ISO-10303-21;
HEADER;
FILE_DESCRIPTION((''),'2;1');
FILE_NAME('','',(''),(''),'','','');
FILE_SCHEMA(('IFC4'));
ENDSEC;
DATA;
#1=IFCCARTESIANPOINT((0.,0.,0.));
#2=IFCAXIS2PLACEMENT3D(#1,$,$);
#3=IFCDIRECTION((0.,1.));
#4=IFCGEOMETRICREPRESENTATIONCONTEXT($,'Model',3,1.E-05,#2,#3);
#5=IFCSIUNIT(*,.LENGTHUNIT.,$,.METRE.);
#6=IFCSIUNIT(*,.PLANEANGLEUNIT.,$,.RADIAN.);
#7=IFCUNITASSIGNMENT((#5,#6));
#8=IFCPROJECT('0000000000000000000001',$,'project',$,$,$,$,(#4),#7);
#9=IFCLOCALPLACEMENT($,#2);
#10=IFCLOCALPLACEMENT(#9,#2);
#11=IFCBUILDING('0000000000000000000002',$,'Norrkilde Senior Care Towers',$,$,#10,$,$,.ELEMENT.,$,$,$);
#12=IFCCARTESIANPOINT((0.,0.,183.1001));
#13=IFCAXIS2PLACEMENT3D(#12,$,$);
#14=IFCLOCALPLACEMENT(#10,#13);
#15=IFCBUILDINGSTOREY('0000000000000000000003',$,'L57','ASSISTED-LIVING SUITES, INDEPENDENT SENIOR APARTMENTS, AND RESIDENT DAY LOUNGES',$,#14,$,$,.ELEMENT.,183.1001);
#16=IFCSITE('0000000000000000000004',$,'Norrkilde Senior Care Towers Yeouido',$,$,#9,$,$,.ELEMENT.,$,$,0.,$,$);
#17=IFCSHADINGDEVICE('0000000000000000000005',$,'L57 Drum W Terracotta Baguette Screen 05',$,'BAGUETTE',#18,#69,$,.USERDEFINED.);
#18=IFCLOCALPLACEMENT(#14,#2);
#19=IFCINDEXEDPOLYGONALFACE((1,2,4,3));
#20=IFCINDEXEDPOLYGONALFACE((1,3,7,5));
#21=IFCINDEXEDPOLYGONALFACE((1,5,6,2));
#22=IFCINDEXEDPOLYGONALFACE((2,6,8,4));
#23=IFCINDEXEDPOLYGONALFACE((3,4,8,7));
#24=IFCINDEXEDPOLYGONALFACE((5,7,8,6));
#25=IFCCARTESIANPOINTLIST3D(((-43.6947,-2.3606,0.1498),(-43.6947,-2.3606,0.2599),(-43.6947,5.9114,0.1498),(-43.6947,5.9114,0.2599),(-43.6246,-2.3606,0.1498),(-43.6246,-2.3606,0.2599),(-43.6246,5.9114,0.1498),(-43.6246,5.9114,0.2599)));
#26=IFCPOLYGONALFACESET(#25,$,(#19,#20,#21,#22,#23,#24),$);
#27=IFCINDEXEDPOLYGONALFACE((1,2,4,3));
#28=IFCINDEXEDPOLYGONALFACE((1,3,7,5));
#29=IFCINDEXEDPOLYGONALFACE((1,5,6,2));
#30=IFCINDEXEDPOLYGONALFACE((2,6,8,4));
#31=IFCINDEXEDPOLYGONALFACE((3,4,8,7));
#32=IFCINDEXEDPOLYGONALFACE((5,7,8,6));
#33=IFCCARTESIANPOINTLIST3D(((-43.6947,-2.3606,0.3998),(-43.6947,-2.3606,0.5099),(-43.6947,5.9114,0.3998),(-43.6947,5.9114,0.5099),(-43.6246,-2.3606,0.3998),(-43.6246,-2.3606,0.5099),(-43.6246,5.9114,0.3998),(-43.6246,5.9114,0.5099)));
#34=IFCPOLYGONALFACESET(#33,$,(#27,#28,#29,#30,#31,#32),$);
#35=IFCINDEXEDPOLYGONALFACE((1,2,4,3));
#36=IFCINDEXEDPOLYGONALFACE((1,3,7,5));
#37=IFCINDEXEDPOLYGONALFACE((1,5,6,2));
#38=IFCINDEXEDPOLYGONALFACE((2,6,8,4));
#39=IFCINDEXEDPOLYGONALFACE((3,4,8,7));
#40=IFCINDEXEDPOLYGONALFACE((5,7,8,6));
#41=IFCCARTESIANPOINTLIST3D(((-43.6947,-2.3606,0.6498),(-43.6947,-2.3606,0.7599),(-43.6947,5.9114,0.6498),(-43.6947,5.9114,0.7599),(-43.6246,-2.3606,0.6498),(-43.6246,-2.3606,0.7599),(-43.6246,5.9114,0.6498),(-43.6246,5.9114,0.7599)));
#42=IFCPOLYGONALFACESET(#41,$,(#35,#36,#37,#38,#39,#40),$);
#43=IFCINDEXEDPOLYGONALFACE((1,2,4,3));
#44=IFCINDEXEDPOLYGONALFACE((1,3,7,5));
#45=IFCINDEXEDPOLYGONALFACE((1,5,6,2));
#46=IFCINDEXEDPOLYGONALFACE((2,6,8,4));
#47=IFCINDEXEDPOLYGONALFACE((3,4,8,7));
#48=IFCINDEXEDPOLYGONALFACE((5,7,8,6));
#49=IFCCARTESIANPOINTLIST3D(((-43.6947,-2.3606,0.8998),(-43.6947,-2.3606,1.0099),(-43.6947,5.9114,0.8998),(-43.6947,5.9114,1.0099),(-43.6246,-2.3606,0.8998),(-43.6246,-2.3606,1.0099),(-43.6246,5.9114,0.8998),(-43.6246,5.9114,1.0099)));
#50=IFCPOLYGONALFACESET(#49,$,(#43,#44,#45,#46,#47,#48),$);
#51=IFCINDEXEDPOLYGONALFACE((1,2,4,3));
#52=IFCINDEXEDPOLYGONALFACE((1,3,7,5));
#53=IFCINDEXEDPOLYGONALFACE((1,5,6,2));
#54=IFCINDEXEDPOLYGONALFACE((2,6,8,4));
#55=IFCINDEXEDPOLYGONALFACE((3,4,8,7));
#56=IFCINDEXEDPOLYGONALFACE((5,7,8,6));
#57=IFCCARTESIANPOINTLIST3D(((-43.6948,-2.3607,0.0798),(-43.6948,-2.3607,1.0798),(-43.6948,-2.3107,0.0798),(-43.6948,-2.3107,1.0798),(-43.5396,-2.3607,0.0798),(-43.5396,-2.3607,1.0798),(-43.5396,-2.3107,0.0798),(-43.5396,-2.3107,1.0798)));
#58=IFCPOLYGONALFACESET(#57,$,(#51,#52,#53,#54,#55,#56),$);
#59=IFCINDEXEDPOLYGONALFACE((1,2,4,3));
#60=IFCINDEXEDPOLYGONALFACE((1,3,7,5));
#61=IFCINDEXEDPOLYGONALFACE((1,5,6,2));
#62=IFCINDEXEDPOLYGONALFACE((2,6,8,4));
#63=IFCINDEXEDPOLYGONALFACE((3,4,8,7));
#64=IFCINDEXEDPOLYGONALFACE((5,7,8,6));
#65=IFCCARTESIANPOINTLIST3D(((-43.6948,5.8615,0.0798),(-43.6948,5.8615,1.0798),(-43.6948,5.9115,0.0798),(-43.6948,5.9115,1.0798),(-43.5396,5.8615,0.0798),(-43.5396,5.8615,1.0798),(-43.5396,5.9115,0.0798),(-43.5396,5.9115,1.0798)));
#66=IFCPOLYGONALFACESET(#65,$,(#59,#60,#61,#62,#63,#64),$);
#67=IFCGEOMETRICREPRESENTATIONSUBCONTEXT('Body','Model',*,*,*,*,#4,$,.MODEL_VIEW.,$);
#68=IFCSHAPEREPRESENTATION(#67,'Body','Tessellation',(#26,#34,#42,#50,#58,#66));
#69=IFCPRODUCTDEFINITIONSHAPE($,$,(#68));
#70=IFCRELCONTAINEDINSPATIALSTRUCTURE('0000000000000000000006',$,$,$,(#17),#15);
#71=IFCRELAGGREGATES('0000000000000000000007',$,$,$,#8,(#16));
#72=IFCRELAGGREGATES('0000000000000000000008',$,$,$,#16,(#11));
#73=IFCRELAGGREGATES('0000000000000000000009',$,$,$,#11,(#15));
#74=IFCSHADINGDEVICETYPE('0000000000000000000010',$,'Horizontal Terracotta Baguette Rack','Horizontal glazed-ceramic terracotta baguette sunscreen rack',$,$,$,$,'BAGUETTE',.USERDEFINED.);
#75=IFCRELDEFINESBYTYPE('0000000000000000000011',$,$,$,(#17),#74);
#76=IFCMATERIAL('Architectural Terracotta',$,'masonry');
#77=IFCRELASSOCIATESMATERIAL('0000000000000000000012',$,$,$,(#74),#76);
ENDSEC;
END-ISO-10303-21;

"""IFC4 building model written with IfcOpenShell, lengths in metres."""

from ifc_helpers import new_model, si_unit, direction, frame, origin, origin_2d, place, context, subcontext, project, spatial, rectangle, extrude, source, transform, mapped, material, type_object, type_shapes, element, save


model = new_model("IFC4")

# Units and contexts
model_context = context("Model", 3, precision=1e-05, world=origin(), true_north=direction((0.0, 1.0)))
body_context = subcontext(model_context, "Body", "Model", "MODEL_VIEW")
ifc_project = project(units=[si_unit("LENGTHUNIT", "METRE"), si_unit("PLANEANGLEUNIT", "RADIAN")], contexts=[model_context])

# Site, building, storey
site_placement = place(None, origin())
site = spatial("IfcSite", under=ifc_project, at=site_placement, Name="Norrkilde Senior Care Towers Yeouido", CompositionType="ELEMENT", RefElevation=0.0)
building_placement = place(site_placement, origin())
building = spatial("IfcBuilding", under=site, at=building_placement, Name="Norrkilde Senior Care Towers", CompositionType="ELEMENT")
storey_placement = place(building_placement, frame((0.0, 0.0, 183.1001)))
storey = spatial("IfcBuildingStorey", under=building, at=storey_placement, Name="L57", Description="ASSISTED-LIVING SUITES, INDEPENDENT SENIOR APARTMENTS, AND RESIDENT DAY LOUNGES", CompositionType="ELEMENT", Elevation=183.1001)

# Shading device
ifc_material_1 = material(Name="Architectural Terracotta", Category="masonry")
shading_device_type = type_object("IfcShadingDeviceType", Name="Horizontal Terracotta Baguette Rack", Description="Horizontal glazed-ceramic terracotta baguette sunscreen rack", ElementType="BAGUETTE", PredefinedType="USERDEFINED", material=ifc_material_1)
shared_shape_1 = source(origin(), body_context, "Body", "SweptSolid", [
    extrude(rectangle(XDim=0.0701, YDim=0.1101, at=origin_2d()), frame((0.0, 0.0901, 0.125), z_axis=(1.0, 0.0, 0.0), x_axis=(0.0, 1.0, 0.0)), (0.0, 0.0, 1.0), 8.272),
    extrude(rectangle(XDim=0.0701, YDim=0.1101, at=origin_2d()), frame((0.0, 0.0901, 0.375), z_axis=(1.0, 0.0, 0.0), x_axis=(0.0, 1.0, 0.0)), (0.0, 0.0, 1.0), 8.272),
    extrude(rectangle(XDim=0.0701, YDim=0.1101, at=origin_2d()), frame((0.0, 0.0901, 0.625), z_axis=(1.0, 0.0, 0.0), x_axis=(0.0, 1.0, 0.0)), (0.0, 0.0, 1.0), 8.272),
    extrude(rectangle(XDim=0.0701, YDim=0.1101, at=origin_2d()), frame((0.0, 0.0901, 0.875), z_axis=(1.0, 0.0, 0.0), x_axis=(0.0, 1.0, 0.0)), (0.0, 0.0, 1.0), 8.272),
    extrude(rectangle(XDim=0.05, YDim=0.1553, at=origin_2d()), frame((0.0249, 0.0476, 0.0)), (0.0, 0.0, 1.0), 1.0),
    extrude(rectangle(XDim=0.05, YDim=0.1553, at=origin_2d()), frame((8.2471, 0.0476, 0.0)), (0.0, 0.0, 1.0), 1.0),
])
type_shapes(shading_device_type, [shared_shape_1])
shading_device_placement = place(storey_placement, frame((-43.5696, -2.3606, 0.0798), z_axis=(0.0, 0.0, 1.0), x_axis=(0.0, 1.0, 0.0)))
element("IfcShadingDevice", 1, at=shading_device_placement, inside=storey, type_object=shading_device_type, Name="L57 Drum W Terracotta Baguette Screen 05", ObjectType="BAGUETTE", PredefinedType="USERDEFINED", context=body_context, shape_type="MappedRepresentation", body=[
    mapped(shared_shape_1, transform((0.0, 0.0, 0.0), x_axis=(1.0, 0.0, 0.0), y_axis=(0.0, 1.0, 0.0), z_axis=(0.0, 0.0, 1.0), scale=1.0)),
])

save(model, "model.ifc")
